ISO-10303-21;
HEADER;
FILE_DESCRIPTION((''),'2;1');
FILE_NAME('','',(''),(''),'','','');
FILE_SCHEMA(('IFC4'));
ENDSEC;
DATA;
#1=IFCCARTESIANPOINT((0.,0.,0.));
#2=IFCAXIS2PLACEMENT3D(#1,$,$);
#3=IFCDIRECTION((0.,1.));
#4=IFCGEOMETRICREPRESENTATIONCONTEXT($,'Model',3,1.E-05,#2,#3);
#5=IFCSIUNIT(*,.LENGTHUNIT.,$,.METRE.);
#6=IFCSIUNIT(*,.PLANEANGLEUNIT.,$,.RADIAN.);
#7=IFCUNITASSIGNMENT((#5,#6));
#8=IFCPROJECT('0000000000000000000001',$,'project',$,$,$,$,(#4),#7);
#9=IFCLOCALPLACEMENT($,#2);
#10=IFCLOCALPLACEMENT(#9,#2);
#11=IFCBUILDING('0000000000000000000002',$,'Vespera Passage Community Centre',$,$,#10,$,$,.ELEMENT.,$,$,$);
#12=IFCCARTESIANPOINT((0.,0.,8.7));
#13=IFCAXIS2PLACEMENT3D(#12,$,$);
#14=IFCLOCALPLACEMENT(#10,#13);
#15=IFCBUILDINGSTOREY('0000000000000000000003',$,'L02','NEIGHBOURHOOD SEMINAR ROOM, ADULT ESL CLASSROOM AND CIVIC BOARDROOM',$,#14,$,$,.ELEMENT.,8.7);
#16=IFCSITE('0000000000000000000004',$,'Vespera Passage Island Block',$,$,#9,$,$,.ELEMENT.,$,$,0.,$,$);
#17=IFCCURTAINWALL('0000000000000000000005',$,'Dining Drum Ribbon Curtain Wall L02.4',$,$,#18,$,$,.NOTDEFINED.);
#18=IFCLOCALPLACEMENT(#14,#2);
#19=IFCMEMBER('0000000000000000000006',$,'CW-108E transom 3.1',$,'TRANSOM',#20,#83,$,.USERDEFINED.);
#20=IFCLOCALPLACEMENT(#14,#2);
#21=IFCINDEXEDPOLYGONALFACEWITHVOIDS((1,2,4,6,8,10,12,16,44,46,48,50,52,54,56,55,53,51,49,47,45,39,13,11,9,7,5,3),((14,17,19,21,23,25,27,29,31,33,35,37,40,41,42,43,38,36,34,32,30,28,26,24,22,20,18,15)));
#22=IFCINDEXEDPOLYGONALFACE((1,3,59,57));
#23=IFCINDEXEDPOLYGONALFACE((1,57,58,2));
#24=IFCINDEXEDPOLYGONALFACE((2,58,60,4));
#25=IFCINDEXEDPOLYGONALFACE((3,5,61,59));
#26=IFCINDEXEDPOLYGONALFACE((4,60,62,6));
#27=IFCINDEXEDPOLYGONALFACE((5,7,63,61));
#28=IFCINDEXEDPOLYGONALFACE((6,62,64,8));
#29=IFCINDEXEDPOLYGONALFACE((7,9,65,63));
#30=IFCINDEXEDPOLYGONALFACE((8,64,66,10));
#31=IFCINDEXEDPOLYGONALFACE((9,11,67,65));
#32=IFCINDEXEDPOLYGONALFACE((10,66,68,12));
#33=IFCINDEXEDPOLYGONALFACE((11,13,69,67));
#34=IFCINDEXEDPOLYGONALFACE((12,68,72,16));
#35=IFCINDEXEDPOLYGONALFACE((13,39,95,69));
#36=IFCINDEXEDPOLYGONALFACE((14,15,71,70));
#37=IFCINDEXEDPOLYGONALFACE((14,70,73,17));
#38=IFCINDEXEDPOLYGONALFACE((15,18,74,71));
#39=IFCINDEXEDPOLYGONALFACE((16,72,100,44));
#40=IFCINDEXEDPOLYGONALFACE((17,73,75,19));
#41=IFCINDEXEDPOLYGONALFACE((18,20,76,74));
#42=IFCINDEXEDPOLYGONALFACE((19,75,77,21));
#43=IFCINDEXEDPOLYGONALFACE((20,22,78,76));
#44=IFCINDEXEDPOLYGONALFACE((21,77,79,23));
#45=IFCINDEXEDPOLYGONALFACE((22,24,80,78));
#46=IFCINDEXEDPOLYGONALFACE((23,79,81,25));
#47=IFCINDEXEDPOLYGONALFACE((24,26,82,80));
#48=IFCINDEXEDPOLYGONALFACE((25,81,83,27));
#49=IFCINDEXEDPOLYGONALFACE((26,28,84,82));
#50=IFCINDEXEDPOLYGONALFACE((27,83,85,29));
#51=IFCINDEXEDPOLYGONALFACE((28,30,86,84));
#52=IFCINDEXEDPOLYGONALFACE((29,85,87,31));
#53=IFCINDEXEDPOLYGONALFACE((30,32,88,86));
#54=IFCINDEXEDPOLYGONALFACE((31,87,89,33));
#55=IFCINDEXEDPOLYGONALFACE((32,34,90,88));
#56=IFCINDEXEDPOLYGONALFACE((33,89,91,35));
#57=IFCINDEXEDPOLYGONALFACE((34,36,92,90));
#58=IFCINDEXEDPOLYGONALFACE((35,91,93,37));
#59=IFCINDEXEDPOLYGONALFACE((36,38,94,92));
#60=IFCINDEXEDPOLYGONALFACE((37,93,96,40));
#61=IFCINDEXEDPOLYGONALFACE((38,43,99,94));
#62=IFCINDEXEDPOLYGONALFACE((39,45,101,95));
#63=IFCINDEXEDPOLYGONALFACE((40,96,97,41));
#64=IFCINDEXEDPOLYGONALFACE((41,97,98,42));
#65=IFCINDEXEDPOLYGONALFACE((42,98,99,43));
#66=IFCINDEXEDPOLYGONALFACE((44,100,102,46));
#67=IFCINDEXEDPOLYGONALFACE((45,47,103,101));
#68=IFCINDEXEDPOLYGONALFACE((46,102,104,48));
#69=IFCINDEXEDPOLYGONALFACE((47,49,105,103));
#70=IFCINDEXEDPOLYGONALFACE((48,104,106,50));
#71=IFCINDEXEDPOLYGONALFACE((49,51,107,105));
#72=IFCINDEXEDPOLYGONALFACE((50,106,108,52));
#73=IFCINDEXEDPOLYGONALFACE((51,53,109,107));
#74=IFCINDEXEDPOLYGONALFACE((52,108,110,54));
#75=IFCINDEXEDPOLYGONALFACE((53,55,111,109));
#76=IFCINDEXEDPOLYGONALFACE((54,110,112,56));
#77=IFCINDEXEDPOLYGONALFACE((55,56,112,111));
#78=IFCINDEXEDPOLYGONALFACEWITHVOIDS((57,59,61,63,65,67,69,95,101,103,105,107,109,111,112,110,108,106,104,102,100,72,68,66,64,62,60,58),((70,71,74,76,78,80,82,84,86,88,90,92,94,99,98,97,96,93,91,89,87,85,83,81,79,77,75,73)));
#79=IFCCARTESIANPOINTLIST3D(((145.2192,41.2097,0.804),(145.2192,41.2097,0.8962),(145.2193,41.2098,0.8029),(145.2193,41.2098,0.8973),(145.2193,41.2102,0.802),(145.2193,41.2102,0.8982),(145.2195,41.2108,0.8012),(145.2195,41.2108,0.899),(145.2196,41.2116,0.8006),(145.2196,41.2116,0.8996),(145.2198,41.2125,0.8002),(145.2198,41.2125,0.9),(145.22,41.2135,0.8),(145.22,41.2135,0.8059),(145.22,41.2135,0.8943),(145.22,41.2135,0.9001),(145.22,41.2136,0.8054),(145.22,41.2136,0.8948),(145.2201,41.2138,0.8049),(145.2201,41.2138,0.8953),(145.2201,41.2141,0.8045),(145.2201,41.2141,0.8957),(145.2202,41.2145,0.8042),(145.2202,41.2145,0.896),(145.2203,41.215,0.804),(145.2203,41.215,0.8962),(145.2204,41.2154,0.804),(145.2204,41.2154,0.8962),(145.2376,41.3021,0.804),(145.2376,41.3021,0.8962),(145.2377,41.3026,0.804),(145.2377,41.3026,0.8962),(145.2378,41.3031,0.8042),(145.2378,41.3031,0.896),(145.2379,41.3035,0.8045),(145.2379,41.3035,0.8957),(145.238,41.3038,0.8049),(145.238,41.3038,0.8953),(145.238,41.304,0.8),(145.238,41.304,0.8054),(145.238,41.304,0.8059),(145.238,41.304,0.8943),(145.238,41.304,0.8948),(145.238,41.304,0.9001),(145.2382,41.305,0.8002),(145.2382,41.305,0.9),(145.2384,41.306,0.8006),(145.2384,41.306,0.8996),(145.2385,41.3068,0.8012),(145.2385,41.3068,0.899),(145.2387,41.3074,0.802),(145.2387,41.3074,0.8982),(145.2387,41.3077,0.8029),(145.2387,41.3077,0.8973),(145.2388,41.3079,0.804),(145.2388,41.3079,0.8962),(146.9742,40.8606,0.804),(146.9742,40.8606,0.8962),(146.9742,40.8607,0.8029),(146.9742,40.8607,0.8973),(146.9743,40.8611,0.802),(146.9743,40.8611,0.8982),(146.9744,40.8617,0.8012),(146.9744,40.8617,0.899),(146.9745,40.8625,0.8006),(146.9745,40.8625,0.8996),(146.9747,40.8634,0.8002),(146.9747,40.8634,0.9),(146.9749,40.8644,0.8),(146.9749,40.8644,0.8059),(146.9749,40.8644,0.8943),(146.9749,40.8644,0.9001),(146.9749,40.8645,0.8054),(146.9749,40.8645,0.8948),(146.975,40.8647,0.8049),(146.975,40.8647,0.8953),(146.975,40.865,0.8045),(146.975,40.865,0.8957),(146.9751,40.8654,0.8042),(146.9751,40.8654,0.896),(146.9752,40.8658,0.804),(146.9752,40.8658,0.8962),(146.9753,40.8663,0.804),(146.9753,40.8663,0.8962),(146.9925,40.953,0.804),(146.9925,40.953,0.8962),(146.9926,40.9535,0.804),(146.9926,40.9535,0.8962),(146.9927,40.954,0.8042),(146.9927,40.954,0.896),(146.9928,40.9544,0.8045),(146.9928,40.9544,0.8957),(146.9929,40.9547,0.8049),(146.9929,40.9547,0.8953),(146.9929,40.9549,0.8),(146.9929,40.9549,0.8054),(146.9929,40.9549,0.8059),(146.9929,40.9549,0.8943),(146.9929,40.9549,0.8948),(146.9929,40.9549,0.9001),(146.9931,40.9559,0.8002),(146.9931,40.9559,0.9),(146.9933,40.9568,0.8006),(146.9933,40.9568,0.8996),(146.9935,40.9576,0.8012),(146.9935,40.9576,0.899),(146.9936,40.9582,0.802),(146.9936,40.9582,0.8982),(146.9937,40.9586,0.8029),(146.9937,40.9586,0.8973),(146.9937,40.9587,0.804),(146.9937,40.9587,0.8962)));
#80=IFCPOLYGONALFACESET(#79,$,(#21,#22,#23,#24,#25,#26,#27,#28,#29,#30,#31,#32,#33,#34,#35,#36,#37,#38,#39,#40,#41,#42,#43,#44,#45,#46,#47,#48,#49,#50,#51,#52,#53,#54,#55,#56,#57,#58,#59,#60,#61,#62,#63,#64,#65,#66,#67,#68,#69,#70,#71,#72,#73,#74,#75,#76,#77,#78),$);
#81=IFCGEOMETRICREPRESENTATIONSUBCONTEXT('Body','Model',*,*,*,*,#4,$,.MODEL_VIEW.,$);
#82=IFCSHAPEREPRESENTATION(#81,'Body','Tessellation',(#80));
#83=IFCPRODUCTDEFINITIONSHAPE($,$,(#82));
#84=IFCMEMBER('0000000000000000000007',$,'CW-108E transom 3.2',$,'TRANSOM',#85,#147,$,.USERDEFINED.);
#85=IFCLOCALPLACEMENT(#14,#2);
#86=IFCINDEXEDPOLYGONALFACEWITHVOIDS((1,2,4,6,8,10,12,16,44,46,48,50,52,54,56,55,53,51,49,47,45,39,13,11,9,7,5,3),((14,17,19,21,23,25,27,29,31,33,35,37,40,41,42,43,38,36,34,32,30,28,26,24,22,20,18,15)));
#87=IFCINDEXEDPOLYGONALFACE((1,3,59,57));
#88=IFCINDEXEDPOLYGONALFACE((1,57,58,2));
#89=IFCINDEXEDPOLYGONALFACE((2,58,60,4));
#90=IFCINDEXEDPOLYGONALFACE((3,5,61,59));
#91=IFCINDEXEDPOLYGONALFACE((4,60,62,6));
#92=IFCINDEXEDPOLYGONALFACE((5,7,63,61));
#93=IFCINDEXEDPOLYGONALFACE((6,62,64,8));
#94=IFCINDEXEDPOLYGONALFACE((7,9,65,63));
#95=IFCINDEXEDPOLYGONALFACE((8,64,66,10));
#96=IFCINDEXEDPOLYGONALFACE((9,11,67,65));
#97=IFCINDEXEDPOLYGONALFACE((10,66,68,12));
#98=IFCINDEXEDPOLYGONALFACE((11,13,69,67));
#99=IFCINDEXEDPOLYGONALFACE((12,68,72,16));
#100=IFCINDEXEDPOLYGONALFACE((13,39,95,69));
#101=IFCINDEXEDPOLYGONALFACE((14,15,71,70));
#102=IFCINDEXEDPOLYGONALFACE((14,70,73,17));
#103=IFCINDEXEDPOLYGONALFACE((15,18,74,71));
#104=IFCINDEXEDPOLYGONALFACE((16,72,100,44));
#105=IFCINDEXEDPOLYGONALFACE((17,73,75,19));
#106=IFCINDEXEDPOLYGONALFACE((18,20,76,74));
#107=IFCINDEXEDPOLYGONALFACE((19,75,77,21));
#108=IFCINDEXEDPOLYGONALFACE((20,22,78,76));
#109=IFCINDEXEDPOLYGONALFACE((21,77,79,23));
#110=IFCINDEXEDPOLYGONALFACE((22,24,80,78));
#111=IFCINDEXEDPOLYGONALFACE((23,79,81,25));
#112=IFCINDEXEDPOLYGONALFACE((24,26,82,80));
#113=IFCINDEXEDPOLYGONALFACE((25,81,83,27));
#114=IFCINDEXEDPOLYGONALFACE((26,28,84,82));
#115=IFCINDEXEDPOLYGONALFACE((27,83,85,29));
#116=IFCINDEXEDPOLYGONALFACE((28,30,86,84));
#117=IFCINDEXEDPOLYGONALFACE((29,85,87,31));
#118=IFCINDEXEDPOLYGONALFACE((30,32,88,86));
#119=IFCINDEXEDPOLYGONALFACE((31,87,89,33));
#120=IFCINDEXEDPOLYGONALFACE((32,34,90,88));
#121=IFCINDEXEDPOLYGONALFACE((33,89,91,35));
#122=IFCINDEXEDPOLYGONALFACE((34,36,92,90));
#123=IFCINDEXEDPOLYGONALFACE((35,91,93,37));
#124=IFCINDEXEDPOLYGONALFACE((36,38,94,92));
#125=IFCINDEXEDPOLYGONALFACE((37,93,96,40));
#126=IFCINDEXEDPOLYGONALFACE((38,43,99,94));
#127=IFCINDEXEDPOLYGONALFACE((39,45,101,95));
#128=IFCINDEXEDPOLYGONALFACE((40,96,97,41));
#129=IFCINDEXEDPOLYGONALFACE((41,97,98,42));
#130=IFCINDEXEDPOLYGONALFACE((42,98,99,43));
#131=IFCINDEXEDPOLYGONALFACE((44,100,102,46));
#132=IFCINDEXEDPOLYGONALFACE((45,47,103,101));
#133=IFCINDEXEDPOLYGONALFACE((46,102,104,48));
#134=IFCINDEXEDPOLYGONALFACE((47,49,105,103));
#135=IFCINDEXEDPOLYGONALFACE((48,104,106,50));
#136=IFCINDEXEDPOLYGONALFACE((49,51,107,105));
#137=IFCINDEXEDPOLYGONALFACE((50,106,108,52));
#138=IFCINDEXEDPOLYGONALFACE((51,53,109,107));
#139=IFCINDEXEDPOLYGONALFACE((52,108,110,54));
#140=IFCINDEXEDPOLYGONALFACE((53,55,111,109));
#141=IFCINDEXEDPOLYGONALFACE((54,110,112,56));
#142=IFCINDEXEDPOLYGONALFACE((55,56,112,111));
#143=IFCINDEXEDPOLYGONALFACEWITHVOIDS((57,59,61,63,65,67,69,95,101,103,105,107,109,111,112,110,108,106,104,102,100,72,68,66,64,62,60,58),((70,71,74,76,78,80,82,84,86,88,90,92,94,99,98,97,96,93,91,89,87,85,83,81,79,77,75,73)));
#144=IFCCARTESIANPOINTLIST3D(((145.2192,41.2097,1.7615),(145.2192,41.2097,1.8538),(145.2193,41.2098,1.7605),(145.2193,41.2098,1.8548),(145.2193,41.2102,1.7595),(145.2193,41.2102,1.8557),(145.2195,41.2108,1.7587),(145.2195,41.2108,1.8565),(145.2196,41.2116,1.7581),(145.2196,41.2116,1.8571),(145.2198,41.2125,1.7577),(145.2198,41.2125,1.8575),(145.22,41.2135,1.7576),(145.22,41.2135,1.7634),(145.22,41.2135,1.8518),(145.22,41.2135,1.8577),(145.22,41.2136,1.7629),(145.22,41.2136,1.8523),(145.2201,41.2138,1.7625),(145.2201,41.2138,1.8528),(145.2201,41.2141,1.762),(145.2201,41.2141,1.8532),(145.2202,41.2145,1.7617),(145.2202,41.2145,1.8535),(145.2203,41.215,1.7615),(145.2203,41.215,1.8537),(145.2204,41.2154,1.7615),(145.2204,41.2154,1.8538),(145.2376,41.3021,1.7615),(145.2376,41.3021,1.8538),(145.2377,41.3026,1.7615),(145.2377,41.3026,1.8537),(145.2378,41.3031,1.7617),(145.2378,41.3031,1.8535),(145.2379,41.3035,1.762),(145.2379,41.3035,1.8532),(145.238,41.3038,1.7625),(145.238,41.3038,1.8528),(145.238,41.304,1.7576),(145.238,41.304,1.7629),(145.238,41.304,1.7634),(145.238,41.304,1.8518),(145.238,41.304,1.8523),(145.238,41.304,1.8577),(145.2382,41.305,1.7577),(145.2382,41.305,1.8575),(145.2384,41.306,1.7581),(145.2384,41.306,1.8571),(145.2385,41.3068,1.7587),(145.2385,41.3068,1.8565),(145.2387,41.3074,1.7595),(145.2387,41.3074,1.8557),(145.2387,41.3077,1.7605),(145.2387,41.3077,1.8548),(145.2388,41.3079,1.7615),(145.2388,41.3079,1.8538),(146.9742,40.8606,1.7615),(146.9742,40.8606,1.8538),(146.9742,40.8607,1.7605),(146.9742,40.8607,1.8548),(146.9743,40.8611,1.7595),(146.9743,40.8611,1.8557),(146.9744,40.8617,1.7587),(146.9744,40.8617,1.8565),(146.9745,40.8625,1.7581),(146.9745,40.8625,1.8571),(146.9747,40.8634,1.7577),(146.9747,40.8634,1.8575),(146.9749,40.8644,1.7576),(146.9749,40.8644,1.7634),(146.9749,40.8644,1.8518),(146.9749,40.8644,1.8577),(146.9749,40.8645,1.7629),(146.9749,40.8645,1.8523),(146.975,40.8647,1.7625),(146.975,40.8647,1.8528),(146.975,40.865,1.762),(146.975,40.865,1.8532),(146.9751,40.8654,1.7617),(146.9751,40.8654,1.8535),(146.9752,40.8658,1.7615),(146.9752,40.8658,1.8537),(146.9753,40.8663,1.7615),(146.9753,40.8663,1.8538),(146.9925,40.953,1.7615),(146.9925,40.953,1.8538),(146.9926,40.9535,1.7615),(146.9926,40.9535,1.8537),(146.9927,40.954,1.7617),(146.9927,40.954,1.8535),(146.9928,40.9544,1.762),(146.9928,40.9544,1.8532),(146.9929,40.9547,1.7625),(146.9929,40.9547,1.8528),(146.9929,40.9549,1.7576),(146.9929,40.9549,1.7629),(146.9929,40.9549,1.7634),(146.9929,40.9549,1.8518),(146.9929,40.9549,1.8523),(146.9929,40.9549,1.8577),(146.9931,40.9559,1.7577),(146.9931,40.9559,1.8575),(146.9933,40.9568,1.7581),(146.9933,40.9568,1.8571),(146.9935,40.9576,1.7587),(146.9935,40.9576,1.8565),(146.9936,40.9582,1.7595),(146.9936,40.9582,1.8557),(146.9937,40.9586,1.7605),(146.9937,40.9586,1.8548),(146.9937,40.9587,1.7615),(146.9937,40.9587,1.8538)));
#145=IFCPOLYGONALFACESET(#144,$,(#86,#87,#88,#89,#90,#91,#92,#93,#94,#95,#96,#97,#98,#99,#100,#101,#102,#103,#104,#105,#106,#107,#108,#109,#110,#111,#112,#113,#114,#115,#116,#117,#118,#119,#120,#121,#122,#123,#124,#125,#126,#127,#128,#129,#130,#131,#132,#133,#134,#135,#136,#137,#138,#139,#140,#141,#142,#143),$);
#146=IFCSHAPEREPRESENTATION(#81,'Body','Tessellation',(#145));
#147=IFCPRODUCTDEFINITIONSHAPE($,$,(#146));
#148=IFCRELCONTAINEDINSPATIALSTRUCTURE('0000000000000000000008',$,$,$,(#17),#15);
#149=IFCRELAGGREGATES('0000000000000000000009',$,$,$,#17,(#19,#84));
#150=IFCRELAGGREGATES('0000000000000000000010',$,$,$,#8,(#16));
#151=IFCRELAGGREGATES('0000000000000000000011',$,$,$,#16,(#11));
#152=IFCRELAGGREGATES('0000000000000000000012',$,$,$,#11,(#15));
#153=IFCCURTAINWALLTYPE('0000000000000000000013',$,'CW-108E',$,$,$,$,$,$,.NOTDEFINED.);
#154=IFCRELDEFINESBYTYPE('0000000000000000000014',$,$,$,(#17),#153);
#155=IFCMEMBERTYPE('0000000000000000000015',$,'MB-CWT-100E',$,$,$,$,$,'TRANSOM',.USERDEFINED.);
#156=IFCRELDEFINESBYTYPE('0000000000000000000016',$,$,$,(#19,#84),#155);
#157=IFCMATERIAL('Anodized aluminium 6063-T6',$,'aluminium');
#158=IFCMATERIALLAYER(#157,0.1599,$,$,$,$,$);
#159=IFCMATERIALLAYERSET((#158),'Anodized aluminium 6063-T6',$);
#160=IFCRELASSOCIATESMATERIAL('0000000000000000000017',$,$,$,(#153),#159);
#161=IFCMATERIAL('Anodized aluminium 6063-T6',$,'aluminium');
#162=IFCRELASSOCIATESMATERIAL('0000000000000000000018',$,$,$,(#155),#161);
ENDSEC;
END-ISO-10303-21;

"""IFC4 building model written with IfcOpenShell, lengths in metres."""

from ifc_helpers import new_model, si_unit, direction, frame, origin, origin_2d, place, context, subcontext, project, spatial, hollow_rectangle, extrude, material, layer, layer_set, material_profile, profile_set, type_object, element, aggregate, save


model = new_model("IFC4")

# Units and contexts
model_context = context("Model", 3, precision=1e-05, world=origin(), true_north=direction((0.0, 1.0)))
body_context = subcontext(model_context, "Body", "Model", "MODEL_VIEW")
ifc_project = project(units=[si_unit("LENGTHUNIT", "METRE"), si_unit("PLANEANGLEUNIT", "RADIAN")], contexts=[model_context])

# Site, building, storey
site_placement = place(None, origin())
site = spatial("IfcSite", under=ifc_project, at=site_placement, Name="Vespera Passage Island Block", CompositionType="ELEMENT", RefElevation=0.0)
building_placement = place(site_placement, origin())
building = spatial("IfcBuilding", under=site, at=building_placement, Name="Vespera Passage Community Centre", CompositionType="ELEMENT")
storey_placement = place(building_placement, frame((0.0, 0.0, 8.7)))
storey = spatial("IfcBuildingStorey", under=building, at=storey_placement, Name="L02", Description="NEIGHBOURHOOD SEMINAR ROOM, ADULT ESL CLASSROOM AND CIVIC BOARDROOM", CompositionType="ELEMENT", Elevation=8.7)

# Curtain wall
ifc_material_1 = material(Name="Anodized aluminium 6063-T6", Category="aluminium")
ifc_layer_1 = layer(ifc_material_1, 0.1599)
ifc_layer_set_1 = layer_set([ifc_layer_1], Name="Anodized aluminium 6063-T6")
curtain_wall_type_1 = type_object("IfcCurtainWallType", Name="CW-108E", PredefinedType="NOTDEFINED", material=ifc_layer_set_1)
curtain_wall_1_placement = place(storey_placement, origin())
curtain_wall_1 = element("IfcCurtainWall", 1, at=curtain_wall_1_placement, inside=storey, type_object=curtain_wall_type_1, Name="Dining Drum Ribbon Curtain Wall L02.4", PredefinedType="NOTDEFINED")

# Members
ifc_material_2 = material(Name="Anodized aluminium 6063-T6", Category="aluminium")
ifc_material_profile_1 = material_profile(ifc_material_2, hollow_rectangle(XDim=0.1001, YDim=0.1001, WallThickness=0.0039, InnerFilletRadius=0.002, OuterFilletRadius=0.0039, at=origin_2d()), Name="ALU100X100X4")
ifc_profile_set_1 = profile_set([ifc_material_profile_1], Name="Anodized aluminium 6063-T6")
member_type_1 = type_object("IfcMemberType", Name="MB-CWT-100E", ElementType="TRANSOM", PredefinedType="USERDEFINED", material=ifc_profile_set_1)
member_1_placement = place(storey_placement, frame((145.229, 41.2588, 0.8501), z_axis=(0.98078, -0.195119, 0.0), x_axis=(0.195119, 0.98078, 0.0)))
member_1 = element("IfcMember", 2, at=member_1_placement, type_object=member_type_1, Name="CW-108E transom 3.1", ObjectType="TRANSOM", PredefinedType="USERDEFINED", context=body_context, shape_type="SweptSolid", body=[
    extrude(hollow_rectangle(XDim=0.1001, YDim=0.1001, WallThickness=0.0039, InnerFilletRadius=0.002, OuterFilletRadius=0.0039, at=origin_2d()), origin(), (0.0, 0.0, 1.0), 1.7893),
])
member_2_placement = place(storey_placement, frame((145.229, 41.2588, 1.8076), z_axis=(0.98078, -0.195119, 0.0), x_axis=(0.195119, 0.98078, 0.0)))
member_2 = element("IfcMember", 3, at=member_2_placement, type_object=member_type_1, Name="CW-108E transom 3.2", ObjectType="TRANSOM", PredefinedType="USERDEFINED", context=body_context, shape_type="SweptSolid", body=[
    extrude(hollow_rectangle(XDim=0.1001, YDim=0.1001, WallThickness=0.0039, InnerFilletRadius=0.002, OuterFilletRadius=0.0039, at=origin_2d()), origin(), (0.0, 0.0, 1.0), 1.7893),
])

aggregate(curtain_wall_1, [member_1, member_2])

save(model, "model.ifc")
